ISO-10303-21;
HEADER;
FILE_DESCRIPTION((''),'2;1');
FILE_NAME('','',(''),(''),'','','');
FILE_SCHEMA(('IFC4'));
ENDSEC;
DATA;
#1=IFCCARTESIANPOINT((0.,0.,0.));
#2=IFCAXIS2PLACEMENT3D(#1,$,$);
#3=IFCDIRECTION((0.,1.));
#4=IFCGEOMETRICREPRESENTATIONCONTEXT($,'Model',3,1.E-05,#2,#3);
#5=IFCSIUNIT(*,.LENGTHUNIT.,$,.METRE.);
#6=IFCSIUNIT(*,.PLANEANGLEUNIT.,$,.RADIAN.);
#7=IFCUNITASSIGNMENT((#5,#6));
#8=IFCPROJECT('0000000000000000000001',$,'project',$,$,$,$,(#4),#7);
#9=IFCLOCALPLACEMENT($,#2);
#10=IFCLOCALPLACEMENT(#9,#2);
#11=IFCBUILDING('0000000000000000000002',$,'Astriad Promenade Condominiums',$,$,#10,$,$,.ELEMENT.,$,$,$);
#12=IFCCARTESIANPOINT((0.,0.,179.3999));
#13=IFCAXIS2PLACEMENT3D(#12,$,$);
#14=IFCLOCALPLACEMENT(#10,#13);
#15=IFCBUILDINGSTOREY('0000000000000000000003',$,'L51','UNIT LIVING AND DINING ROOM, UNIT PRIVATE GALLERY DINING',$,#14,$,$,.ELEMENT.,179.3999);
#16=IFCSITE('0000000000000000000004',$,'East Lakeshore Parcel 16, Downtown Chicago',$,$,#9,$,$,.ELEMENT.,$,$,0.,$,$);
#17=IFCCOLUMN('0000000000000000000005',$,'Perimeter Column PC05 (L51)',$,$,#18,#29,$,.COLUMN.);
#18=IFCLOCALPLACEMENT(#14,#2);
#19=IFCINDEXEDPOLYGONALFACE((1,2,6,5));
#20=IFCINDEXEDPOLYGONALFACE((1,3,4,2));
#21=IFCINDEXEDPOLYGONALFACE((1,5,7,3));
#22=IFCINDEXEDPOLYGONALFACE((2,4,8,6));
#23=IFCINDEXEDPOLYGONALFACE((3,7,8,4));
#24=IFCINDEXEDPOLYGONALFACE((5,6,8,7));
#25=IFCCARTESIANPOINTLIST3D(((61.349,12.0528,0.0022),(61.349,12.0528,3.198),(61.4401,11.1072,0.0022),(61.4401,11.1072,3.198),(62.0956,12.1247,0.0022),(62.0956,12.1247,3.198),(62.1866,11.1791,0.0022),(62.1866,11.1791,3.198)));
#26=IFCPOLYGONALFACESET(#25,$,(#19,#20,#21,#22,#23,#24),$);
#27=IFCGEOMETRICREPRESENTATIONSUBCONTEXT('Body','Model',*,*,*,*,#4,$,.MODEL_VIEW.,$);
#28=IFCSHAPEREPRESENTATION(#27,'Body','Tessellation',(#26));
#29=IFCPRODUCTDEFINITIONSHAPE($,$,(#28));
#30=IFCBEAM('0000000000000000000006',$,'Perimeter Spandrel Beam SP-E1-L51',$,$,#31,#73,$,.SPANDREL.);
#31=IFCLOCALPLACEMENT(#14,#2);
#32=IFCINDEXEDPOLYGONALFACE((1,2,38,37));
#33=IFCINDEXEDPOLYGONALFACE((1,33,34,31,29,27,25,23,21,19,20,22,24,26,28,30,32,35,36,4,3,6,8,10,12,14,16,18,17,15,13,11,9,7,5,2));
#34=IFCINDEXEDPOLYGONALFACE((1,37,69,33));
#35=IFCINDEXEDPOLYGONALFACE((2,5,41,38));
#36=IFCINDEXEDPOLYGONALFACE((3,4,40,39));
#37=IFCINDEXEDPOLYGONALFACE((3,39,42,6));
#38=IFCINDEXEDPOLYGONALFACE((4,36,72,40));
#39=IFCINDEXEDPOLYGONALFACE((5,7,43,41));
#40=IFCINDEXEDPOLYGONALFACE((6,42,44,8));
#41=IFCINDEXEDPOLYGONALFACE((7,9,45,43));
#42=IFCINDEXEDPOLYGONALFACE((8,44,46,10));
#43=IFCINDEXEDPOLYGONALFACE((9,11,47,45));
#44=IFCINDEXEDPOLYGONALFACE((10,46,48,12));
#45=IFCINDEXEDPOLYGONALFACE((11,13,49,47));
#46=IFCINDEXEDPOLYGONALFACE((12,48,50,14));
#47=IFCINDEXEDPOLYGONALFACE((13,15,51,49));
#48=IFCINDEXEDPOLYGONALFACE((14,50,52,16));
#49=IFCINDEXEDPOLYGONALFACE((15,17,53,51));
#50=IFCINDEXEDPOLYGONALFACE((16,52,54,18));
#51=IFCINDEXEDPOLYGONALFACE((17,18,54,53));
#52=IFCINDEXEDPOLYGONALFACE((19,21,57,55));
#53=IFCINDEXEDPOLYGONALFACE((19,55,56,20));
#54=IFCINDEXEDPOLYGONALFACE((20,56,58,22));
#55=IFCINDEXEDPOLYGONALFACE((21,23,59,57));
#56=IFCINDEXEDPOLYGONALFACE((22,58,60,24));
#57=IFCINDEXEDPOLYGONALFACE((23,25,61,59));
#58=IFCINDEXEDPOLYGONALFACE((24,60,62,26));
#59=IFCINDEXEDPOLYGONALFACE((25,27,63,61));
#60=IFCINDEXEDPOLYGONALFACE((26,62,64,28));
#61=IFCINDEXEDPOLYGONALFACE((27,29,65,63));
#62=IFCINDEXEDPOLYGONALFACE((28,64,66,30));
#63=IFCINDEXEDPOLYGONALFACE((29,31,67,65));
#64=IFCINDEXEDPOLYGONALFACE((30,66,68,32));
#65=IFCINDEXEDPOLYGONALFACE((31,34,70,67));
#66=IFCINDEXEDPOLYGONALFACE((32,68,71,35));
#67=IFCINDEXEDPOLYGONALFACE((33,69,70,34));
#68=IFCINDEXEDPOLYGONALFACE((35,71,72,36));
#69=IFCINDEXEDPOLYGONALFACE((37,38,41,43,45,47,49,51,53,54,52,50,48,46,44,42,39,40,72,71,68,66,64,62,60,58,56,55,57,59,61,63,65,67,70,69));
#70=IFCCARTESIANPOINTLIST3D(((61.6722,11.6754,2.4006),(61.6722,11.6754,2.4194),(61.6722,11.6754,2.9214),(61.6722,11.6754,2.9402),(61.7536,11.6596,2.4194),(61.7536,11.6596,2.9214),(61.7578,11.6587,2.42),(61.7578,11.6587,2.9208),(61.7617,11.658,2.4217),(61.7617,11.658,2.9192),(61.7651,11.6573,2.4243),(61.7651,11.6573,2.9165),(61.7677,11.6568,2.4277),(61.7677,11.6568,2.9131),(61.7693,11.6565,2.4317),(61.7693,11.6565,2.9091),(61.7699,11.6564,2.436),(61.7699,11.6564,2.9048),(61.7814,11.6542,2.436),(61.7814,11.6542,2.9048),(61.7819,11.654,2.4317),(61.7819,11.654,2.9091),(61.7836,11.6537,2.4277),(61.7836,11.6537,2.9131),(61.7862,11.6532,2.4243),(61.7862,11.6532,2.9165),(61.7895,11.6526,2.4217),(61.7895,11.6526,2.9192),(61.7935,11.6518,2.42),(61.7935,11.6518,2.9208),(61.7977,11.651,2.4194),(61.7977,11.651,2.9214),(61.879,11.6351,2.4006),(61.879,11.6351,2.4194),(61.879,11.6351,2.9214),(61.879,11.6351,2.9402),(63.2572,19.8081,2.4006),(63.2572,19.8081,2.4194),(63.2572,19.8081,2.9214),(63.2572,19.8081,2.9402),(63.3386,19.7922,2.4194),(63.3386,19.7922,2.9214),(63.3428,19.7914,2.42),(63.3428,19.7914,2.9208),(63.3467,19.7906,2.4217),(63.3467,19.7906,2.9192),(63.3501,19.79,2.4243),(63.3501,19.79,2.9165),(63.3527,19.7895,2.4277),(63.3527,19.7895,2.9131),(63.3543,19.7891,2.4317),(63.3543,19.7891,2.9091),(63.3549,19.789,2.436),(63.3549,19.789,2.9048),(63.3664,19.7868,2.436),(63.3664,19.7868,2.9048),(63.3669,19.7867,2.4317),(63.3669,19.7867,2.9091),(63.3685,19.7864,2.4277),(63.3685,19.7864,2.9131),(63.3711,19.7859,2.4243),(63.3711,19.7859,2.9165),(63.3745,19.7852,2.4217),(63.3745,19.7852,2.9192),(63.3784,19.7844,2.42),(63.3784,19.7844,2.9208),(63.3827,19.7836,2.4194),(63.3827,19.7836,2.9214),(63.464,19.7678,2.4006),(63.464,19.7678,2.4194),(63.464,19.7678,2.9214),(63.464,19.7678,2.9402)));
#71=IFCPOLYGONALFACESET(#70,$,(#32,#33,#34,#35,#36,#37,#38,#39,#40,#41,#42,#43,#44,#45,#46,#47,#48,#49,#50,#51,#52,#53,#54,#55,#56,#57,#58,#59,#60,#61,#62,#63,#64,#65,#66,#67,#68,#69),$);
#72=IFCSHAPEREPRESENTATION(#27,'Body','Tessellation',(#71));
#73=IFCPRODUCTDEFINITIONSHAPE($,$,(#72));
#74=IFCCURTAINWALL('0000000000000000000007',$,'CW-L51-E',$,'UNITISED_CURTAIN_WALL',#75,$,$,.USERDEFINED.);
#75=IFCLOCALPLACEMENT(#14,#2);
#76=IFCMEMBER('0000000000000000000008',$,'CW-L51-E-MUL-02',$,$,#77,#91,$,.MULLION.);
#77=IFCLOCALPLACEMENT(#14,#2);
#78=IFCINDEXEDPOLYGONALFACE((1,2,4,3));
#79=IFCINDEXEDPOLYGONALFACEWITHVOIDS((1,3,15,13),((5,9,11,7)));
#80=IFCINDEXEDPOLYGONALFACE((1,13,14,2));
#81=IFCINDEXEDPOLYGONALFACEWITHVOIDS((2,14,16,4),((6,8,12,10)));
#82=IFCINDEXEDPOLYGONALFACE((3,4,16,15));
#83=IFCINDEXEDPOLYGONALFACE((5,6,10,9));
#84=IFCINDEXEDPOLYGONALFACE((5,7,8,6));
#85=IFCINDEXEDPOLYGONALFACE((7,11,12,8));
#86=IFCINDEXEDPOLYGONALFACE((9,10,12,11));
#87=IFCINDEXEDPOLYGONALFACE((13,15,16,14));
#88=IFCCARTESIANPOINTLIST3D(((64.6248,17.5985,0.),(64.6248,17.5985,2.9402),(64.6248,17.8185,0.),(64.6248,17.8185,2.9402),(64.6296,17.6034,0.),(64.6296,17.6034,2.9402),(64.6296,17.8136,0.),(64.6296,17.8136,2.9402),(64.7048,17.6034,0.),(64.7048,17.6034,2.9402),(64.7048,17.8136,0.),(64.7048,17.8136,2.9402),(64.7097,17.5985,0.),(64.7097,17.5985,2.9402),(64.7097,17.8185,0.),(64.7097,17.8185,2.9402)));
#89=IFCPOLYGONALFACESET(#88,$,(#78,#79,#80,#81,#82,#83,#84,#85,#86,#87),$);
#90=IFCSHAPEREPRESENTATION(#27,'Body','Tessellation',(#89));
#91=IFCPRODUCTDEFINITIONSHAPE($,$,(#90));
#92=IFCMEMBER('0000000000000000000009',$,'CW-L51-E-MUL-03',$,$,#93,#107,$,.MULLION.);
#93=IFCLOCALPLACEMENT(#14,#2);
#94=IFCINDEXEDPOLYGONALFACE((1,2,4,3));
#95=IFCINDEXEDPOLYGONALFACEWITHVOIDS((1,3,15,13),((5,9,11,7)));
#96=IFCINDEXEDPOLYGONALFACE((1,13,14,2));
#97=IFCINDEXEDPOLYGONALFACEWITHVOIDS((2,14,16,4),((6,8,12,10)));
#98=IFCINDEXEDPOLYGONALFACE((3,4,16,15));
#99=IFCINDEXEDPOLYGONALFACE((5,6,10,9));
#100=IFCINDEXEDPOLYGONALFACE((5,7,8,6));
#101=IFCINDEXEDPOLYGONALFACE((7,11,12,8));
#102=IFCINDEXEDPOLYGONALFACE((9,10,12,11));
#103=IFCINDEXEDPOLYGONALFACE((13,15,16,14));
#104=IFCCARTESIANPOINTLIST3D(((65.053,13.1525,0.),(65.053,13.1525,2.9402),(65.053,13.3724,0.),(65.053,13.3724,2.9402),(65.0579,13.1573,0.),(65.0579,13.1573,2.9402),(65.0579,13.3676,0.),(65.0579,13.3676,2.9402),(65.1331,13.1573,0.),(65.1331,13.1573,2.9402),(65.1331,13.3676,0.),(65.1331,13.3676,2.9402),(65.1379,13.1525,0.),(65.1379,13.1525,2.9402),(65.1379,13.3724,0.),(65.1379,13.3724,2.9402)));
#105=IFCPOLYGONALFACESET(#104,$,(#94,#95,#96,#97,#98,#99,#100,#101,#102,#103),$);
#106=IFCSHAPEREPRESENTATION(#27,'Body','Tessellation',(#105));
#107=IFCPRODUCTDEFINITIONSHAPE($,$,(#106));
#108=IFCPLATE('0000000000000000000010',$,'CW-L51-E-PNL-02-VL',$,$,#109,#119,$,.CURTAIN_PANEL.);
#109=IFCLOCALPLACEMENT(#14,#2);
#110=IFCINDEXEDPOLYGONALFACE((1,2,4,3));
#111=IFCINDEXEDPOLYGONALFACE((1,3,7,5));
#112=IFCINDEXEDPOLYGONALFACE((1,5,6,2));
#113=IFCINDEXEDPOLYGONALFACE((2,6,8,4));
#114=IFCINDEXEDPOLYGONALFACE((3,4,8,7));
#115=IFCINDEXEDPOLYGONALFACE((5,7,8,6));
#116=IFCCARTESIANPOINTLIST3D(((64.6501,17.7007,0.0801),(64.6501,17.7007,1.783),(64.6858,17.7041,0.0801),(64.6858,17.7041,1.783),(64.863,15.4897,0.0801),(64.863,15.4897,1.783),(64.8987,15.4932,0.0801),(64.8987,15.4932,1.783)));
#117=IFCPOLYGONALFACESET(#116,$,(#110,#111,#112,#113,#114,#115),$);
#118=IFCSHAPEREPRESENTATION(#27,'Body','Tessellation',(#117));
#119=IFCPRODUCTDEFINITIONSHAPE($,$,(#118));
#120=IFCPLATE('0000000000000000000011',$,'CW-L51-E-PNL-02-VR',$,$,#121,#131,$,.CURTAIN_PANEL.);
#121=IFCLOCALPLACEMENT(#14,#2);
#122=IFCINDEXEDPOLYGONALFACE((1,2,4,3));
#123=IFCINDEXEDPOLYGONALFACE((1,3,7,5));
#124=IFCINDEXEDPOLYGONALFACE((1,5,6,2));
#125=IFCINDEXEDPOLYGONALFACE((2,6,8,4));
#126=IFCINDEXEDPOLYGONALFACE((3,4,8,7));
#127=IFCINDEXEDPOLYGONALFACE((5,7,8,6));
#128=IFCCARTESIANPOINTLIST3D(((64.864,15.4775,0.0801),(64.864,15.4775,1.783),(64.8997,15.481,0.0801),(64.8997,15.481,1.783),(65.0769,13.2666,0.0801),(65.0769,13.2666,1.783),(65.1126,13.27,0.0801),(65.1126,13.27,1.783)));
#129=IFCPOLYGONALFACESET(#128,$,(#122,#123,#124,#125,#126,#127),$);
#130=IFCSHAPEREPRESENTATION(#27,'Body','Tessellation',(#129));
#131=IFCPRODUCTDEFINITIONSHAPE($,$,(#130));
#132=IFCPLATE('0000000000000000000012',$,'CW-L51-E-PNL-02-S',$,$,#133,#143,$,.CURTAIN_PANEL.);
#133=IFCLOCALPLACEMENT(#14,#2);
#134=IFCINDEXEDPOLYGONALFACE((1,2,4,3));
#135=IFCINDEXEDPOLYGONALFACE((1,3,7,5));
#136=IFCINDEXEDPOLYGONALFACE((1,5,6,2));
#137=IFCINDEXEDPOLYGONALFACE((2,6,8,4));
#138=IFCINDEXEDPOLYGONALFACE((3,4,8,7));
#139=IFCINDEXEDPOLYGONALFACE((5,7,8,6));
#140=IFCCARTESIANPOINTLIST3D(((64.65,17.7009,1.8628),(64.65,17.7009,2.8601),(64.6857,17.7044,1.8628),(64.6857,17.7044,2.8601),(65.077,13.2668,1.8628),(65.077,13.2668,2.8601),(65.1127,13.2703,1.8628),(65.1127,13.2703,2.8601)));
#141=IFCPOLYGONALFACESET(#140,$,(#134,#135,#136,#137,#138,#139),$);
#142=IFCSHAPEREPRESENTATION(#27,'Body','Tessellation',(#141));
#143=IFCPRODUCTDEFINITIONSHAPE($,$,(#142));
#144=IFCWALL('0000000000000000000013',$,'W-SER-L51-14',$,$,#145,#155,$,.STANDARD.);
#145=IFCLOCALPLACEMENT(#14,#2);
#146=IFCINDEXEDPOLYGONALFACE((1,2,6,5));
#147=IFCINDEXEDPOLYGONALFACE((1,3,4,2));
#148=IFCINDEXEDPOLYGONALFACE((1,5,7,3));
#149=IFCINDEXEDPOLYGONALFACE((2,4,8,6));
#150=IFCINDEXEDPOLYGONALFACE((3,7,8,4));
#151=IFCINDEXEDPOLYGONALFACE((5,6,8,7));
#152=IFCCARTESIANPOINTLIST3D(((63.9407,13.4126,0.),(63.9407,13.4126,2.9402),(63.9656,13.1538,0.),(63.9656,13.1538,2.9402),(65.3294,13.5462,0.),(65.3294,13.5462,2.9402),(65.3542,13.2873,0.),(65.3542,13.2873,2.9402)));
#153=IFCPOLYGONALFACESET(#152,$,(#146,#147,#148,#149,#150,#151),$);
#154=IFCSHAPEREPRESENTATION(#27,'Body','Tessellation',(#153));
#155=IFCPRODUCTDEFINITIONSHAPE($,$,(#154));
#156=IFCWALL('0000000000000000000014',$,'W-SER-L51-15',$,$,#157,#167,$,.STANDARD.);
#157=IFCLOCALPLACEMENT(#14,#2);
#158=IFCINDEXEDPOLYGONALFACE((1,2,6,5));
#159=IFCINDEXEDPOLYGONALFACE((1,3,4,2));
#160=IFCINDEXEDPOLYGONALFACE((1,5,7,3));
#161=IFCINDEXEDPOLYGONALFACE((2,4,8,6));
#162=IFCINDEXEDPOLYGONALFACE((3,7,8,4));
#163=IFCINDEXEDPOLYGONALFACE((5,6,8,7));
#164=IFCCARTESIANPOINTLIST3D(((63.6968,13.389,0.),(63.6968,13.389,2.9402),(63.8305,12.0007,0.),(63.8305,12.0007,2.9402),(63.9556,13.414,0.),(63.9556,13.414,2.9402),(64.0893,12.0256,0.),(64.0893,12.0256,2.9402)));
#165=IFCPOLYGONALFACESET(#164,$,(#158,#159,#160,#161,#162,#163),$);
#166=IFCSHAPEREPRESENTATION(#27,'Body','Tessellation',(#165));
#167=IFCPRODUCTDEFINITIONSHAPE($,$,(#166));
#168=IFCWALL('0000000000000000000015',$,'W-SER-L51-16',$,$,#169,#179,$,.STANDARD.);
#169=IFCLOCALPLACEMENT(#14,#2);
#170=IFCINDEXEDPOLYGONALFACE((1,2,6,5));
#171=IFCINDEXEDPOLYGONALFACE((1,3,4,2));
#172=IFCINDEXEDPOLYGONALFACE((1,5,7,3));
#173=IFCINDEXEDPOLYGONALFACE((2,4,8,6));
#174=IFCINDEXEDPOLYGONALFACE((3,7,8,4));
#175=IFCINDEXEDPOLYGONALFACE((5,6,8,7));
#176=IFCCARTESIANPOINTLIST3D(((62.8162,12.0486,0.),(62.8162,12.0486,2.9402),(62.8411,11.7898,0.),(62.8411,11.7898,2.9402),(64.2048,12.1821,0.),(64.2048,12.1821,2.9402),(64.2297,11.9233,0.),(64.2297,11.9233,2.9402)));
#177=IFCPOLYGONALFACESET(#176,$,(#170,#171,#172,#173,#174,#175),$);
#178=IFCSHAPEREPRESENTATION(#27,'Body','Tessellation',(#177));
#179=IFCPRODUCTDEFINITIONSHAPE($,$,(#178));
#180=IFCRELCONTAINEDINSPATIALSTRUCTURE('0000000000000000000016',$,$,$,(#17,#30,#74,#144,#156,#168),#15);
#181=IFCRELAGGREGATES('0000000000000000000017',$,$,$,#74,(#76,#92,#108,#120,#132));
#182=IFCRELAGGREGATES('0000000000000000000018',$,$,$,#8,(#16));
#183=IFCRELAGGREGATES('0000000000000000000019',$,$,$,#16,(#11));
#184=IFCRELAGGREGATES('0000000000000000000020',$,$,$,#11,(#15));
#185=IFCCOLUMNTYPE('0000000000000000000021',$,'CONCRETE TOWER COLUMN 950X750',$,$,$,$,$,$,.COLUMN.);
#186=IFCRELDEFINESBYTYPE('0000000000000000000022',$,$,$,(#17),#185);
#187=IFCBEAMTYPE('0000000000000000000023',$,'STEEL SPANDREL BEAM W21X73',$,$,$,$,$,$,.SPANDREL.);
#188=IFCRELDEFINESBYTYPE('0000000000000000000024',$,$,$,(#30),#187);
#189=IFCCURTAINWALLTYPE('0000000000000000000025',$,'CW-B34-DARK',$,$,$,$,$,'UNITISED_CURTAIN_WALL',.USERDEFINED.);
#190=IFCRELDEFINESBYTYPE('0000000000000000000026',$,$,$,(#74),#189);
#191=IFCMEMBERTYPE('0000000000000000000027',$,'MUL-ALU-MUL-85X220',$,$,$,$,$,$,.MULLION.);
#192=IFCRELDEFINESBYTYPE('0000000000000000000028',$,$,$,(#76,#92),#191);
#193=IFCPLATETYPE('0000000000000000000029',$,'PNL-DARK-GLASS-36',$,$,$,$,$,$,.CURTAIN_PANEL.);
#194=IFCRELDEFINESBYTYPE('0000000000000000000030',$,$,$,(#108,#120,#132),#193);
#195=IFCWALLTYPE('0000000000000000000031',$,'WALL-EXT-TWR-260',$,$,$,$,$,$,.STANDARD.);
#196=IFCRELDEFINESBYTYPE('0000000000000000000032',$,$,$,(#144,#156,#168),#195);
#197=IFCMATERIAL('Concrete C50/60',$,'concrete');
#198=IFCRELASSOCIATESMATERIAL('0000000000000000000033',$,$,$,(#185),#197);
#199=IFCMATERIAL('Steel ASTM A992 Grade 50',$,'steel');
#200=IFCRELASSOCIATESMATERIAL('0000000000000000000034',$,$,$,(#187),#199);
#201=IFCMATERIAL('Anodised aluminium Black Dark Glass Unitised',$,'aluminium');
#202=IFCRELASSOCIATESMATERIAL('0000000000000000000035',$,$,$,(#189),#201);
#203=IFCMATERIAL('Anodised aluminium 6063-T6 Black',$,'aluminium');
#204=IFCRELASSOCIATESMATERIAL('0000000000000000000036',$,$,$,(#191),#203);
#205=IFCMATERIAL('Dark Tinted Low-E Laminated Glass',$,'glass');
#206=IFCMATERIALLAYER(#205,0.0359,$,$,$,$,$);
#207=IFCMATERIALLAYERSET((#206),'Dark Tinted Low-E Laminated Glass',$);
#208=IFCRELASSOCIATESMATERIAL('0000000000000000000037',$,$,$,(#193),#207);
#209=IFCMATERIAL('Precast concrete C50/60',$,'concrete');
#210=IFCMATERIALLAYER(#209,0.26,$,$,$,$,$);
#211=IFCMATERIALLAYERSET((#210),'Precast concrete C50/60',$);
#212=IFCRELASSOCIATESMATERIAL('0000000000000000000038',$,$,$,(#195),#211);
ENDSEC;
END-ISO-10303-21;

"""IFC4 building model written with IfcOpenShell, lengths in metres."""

from ifc_helpers import new_model, si_unit, direction, frame, frame_2d, origin, origin_2d, place, context, subcontext, project, spatial, rectangle, hollow_rectangle, i_section, extrude, source, transform, mapped, material, layer, layer_set, material_profile, profile_set, type_object, type_shapes, element, aggregate, save


model = new_model("IFC4")

# Units and contexts
model_context = context("Model", 3, precision=1e-05, world=origin(), true_north=direction((0.0, 1.0)))
body_context = subcontext(model_context, "Body", "Model", "MODEL_VIEW")
ifc_project = project(units=[si_unit("LENGTHUNIT", "METRE"), si_unit("PLANEANGLEUNIT", "RADIAN")], contexts=[model_context])

# Site, building, storey
site_placement = place(None, origin())
site = spatial("IfcSite", under=ifc_project, at=site_placement, Name="East Lakeshore Parcel 16, Downtown Chicago", CompositionType="ELEMENT", RefElevation=0.0)
building_placement = place(site_placement, origin())
building = spatial("IfcBuilding", under=site, at=building_placement, Name="Astriad Promenade Condominiums", CompositionType="ELEMENT")
storey_placement = place(building_placement, frame((0.0, 0.0, 179.3999)))
storey = spatial("IfcBuildingStorey", under=building, at=storey_placement, Name="L51", Description="UNIT LIVING AND DINING ROOM, UNIT PRIVATE GALLERY DINING", CompositionType="ELEMENT", Elevation=179.3999)

# Column
ifc_material_1 = material(Name="Concrete C50/60", Category="concrete")
ifc_material_profile_1 = material_profile(ifc_material_1, rectangle(XDim=0.75, YDim=0.95, at=origin_2d()), Name="RC-COL-950X750")
ifc_profile_set_1 = profile_set([ifc_material_profile_1], Name="Concrete C50/60")
column_type = type_object("IfcColumnType", Name="CONCRETE TOWER COLUMN 950X750", PredefinedType="COLUMN", material=ifc_profile_set_1)
shared_shape_1 = source(origin(), body_context, "Body", "SweptSolid", [
    extrude(rectangle(XDim=0.75, YDim=0.95, at=origin_2d()), origin(), (0.0, 0.0, 1.0), 3.1958),
])
type_shapes(column_type, [shared_shape_1])
column_placement = place(storey_placement, frame((61.7678, 11.616, 0.0022), z_axis=(0.0, 0.0, 1.0), x_axis=(0.995396, 0.095846, 0.0)))
element("IfcColumn", 1, at=column_placement, inside=storey, type_object=column_type, Name="Perimeter Column PC05 (L51)", PredefinedType="COLUMN", context=body_context, shape_type="MappedRepresentation", body=[
    mapped(shared_shape_1, transform((0.0, 0.0, 0.0), scale=1.0)),
])

# Beam
ifc_material_2 = material(Name="Steel ASTM A992 Grade 50", Category="steel")
ifc_material_profile_2 = material_profile(ifc_material_2, i_section(OverallWidth=0.2107, OverallDepth=0.5396, WebThickness=0.0117, FlangeThickness=0.0188, FilletRadius=0.0166, at=origin_2d()), Name="W21X73")
ifc_profile_set_2 = profile_set([ifc_material_profile_2], Name="Steel ASTM A992 Grade 50")
beam_type = type_object("IfcBeamType", Name="STEEL SPANDREL BEAM W21X73", PredefinedType="SPANDREL", material=ifc_profile_set_2)
shared_shape_2 = source(origin(), body_context, "Body", "SweptSolid", [
    extrude(i_section(OverallWidth=0.2107, OverallDepth=0.5396, WebThickness=0.0117, FlangeThickness=0.0188, FilletRadius=0.0166, at=origin_2d()), origin(), (0.0, 0.0, 1.0), 8.2856),
])
type_shapes(beam_type, [shared_shape_2])
beam_placement = place(storey_placement, frame((61.7756, 11.6553, 2.6704), z_axis=(0.191292, 0.981533, 0.0), x_axis=(-0.981533, 0.191292, 0.0)))
element("IfcBeam", 2, at=beam_placement, inside=storey, type_object=beam_type, Name="Perimeter Spandrel Beam SP-E1-L51", PredefinedType="SPANDREL", context=body_context, shape_type="MappedRepresentation", body=[
    mapped(shared_shape_2, transform((0.0, 0.0, 0.0), scale=1.0)),
])

# Curtain wall, members, plates
ifc_material_3 = material(Name="Anodised aluminium Black Dark Glass Unitised", Category="aluminium")
curtain_wall_type = type_object("IfcCurtainWallType", Name="CW-B34-DARK", ElementType="UNITISED_CURTAIN_WALL", PredefinedType="USERDEFINED", material=ifc_material_3)
curtain_wall_placement = place(storey_placement, origin())
curtain_wall = element("IfcCurtainWall", 3, at=curtain_wall_placement, inside=storey, type_object=curtain_wall_type, Name="CW-L51-E", ObjectType="UNITISED_CURTAIN_WALL", PredefinedType="USERDEFINED")
ifc_material_4 = material(Name="Anodised aluminium 6063-T6 Black", Category="aluminium")
ifc_material_profile_3 = material_profile(ifc_material_4, hollow_rectangle(XDim=0.085, YDim=0.22, WallThickness=0.0049, at=origin_2d()), Name="ALU-MUL-85X220")
ifc_profile_set_3 = profile_set([ifc_material_profile_3], Name="Anodised aluminium 6063-T6 Black")
member_type = type_object("IfcMemberType", Name="MUL-ALU-MUL-85X220", PredefinedType="MULLION", material=ifc_profile_set_3)
shared_shape_3 = source(origin(), body_context, "Body", "SweptSolid", [
    extrude(hollow_rectangle(XDim=0.085, YDim=0.22, WallThickness=0.0049, at=origin_2d()), origin(), (0.0, 0.0, 1.0), 2.9402),
])
type_shapes(member_type, [shared_shape_3])
member_1_placement = place(storey_placement, frame((64.6672, 17.7085, 0.0), z_axis=(0.0, 0.0, 1.0), x_axis=(1.0, 0.0, 0.0)))
member_1 = element("IfcMember", 4, at=member_1_placement, type_object=member_type, Name="CW-L51-E-MUL-02", PredefinedType="MULLION", context=body_context, shape_type="MappedRepresentation", body=[
    mapped(shared_shape_3, transform((0.0, 0.0, 0.0), scale=1.0)),
])
member_2_placement = place(storey_placement, frame((65.0955, 13.2625, 0.0), z_axis=(0.0, 0.0, 1.0), x_axis=(1.0, 0.0, 0.0)))
member_2 = element("IfcMember", 5, at=member_2_placement, type_object=member_type, Name="CW-L51-E-MUL-03", PredefinedType="MULLION", context=body_context, shape_type="MappedRepresentation", body=[
    mapped(shared_shape_3, transform((0.0, 0.0, 0.0), scale=1.0)),
])
ifc_material_5 = material(Name="Dark Tinted Low-E Laminated Glass", Category="glass")
ifc_layer_1 = layer(ifc_material_5, 0.0359)
ifc_layer_set_1 = layer_set([ifc_layer_1], Name="Dark Tinted Low-E Laminated Glass")
plate_type = type_object("IfcPlateType", Name="PNL-DARK-GLASS-36", PredefinedType="CURTAIN_PANEL", material=ifc_layer_set_1)
shared_shape_4 = source(origin(), body_context, "Body", "SweptSolid", [
    extrude(rectangle(XDim=2.2212, YDim=0.0359, at=origin_2d()), origin(), (0.0, 0.0, 1.0), 1.7029),
])
plate_1_placement = place(storey_placement, frame((64.7744, 16.5969, 0.0801), z_axis=(0.0, 0.0, 1.0), x_axis=(0.095846, -0.995396, 0.0)))
plate_1 = element("IfcPlate", 6, at=plate_1_placement, type_object=plate_type, Name="CW-L51-E-PNL-02-VL", PredefinedType="CURTAIN_PANEL", context=body_context, shape_type="MappedRepresentation", body=[
    mapped(shared_shape_4, transform((0.0, 0.0, 0.0), scale=1.0)),
])
plate_2_placement = place(storey_placement, frame((64.9883, 14.3738, 0.0801), z_axis=(0.0, 0.0, 1.0), x_axis=(0.095846, -0.995396, 0.0)))
plate_2 = element("IfcPlate", 7, at=plate_2_placement, type_object=plate_type, Name="CW-L51-E-PNL-02-VR", PredefinedType="CURTAIN_PANEL", context=body_context, shape_type="MappedRepresentation", body=[
    mapped(shared_shape_4, transform((0.0, 0.0, 0.0), scale=1.0)),
])
shared_shape_5 = source(origin(), body_context, "Body", "SweptSolid", [
    extrude(rectangle(XDim=4.4546, YDim=0.0359, at=origin_2d()), origin(), (0.0, 0.0, 1.0), 0.9973),
])
type_shapes(plate_type, [shared_shape_4, shared_shape_5])
plate_3_placement = place(storey_placement, frame((64.8813, 15.4856, 1.8628), z_axis=(0.0, 0.0, 1.0), x_axis=(0.095846, -0.995396, 0.0)))
plate_3 = element("IfcPlate", 8, at=plate_3_placement, type_object=plate_type, Name="CW-L51-E-PNL-02-S", PredefinedType="CURTAIN_PANEL", context=body_context, shape_type="MappedRepresentation", body=[
    mapped(shared_shape_5, transform((0.0, 0.0, 0.0), scale=1.0)),
])
aggregate(curtain_wall, [member_1, member_2, plate_1, plate_2, plate_3])

# Walls
ifc_material_6 = material(Name="Precast concrete C50/60", Category="concrete")
ifc_layer_2 = layer(ifc_material_6, 0.26)
ifc_layer_set_2 = layer_set([ifc_layer_2], Name="Precast concrete C50/60")
wall_type_1 = type_object("IfcWallType", Name="WALL-EXT-TWR-260", PredefinedType="STANDARD", material=ifc_layer_set_2)
wall_1_placement = place(storey_placement, frame((65.3418, 13.4167, 0.0), z_axis=(0.0, 0.0, 1.0), x_axis=(-0.995408, -0.095726, 0.0)))
element("IfcWall", 9, at=wall_1_placement, inside=storey, type_object=wall_type_1, Name="W-SER-L51-14", PredefinedType="STANDARD", context=body_context, shape_type="SweptSolid", body=[
    extrude(rectangle(XDim=1.395, YDim=0.26, at=frame_2d((0.6975, 0.0))), origin(), (0.0, 0.0, 1.0), 2.9402),
])
wall_2_placement = place(storey_placement, frame((63.8262, 13.4014, 0.0), z_axis=(0.0, 0.0, 1.0), x_axis=(0.095916, -0.995389, 0.0)))
element("IfcWall", 10, at=wall_2_placement, inside=storey, type_object=wall_type_1, Name="W-SER-L51-15", PredefinedType="STANDARD", context=body_context, shape_type="SweptSolid", body=[
    extrude(rectangle(XDim=1.3948, YDim=0.26, at=frame_2d((0.6973, 0.0))), origin(), (0.0, 0.0, 1.0), 2.9402),
])
for number, where, z_axis, x_axis, name in (
    (11, (64.2173, 12.0527, 0.0), (0.0, 0.0, 1.0), (-0.995408, -0.095726, 0.0), "W-SER-L51-16"),
):
    element("IfcWall", number, at=place(storey_placement, frame(where, z_axis=z_axis, x_axis=x_axis)), inside=storey, type_object=wall_type_1, Name=name, PredefinedType="STANDARD", context=body_context, shape_type="SweptSolid", body=[
        extrude(rectangle(XDim=1.395, YDim=0.26, at=frame_2d((0.6975, 0.0))), origin(), (0.0, 0.0, 1.0), 2.9402),
    ])

save(model, "model.ifc")
